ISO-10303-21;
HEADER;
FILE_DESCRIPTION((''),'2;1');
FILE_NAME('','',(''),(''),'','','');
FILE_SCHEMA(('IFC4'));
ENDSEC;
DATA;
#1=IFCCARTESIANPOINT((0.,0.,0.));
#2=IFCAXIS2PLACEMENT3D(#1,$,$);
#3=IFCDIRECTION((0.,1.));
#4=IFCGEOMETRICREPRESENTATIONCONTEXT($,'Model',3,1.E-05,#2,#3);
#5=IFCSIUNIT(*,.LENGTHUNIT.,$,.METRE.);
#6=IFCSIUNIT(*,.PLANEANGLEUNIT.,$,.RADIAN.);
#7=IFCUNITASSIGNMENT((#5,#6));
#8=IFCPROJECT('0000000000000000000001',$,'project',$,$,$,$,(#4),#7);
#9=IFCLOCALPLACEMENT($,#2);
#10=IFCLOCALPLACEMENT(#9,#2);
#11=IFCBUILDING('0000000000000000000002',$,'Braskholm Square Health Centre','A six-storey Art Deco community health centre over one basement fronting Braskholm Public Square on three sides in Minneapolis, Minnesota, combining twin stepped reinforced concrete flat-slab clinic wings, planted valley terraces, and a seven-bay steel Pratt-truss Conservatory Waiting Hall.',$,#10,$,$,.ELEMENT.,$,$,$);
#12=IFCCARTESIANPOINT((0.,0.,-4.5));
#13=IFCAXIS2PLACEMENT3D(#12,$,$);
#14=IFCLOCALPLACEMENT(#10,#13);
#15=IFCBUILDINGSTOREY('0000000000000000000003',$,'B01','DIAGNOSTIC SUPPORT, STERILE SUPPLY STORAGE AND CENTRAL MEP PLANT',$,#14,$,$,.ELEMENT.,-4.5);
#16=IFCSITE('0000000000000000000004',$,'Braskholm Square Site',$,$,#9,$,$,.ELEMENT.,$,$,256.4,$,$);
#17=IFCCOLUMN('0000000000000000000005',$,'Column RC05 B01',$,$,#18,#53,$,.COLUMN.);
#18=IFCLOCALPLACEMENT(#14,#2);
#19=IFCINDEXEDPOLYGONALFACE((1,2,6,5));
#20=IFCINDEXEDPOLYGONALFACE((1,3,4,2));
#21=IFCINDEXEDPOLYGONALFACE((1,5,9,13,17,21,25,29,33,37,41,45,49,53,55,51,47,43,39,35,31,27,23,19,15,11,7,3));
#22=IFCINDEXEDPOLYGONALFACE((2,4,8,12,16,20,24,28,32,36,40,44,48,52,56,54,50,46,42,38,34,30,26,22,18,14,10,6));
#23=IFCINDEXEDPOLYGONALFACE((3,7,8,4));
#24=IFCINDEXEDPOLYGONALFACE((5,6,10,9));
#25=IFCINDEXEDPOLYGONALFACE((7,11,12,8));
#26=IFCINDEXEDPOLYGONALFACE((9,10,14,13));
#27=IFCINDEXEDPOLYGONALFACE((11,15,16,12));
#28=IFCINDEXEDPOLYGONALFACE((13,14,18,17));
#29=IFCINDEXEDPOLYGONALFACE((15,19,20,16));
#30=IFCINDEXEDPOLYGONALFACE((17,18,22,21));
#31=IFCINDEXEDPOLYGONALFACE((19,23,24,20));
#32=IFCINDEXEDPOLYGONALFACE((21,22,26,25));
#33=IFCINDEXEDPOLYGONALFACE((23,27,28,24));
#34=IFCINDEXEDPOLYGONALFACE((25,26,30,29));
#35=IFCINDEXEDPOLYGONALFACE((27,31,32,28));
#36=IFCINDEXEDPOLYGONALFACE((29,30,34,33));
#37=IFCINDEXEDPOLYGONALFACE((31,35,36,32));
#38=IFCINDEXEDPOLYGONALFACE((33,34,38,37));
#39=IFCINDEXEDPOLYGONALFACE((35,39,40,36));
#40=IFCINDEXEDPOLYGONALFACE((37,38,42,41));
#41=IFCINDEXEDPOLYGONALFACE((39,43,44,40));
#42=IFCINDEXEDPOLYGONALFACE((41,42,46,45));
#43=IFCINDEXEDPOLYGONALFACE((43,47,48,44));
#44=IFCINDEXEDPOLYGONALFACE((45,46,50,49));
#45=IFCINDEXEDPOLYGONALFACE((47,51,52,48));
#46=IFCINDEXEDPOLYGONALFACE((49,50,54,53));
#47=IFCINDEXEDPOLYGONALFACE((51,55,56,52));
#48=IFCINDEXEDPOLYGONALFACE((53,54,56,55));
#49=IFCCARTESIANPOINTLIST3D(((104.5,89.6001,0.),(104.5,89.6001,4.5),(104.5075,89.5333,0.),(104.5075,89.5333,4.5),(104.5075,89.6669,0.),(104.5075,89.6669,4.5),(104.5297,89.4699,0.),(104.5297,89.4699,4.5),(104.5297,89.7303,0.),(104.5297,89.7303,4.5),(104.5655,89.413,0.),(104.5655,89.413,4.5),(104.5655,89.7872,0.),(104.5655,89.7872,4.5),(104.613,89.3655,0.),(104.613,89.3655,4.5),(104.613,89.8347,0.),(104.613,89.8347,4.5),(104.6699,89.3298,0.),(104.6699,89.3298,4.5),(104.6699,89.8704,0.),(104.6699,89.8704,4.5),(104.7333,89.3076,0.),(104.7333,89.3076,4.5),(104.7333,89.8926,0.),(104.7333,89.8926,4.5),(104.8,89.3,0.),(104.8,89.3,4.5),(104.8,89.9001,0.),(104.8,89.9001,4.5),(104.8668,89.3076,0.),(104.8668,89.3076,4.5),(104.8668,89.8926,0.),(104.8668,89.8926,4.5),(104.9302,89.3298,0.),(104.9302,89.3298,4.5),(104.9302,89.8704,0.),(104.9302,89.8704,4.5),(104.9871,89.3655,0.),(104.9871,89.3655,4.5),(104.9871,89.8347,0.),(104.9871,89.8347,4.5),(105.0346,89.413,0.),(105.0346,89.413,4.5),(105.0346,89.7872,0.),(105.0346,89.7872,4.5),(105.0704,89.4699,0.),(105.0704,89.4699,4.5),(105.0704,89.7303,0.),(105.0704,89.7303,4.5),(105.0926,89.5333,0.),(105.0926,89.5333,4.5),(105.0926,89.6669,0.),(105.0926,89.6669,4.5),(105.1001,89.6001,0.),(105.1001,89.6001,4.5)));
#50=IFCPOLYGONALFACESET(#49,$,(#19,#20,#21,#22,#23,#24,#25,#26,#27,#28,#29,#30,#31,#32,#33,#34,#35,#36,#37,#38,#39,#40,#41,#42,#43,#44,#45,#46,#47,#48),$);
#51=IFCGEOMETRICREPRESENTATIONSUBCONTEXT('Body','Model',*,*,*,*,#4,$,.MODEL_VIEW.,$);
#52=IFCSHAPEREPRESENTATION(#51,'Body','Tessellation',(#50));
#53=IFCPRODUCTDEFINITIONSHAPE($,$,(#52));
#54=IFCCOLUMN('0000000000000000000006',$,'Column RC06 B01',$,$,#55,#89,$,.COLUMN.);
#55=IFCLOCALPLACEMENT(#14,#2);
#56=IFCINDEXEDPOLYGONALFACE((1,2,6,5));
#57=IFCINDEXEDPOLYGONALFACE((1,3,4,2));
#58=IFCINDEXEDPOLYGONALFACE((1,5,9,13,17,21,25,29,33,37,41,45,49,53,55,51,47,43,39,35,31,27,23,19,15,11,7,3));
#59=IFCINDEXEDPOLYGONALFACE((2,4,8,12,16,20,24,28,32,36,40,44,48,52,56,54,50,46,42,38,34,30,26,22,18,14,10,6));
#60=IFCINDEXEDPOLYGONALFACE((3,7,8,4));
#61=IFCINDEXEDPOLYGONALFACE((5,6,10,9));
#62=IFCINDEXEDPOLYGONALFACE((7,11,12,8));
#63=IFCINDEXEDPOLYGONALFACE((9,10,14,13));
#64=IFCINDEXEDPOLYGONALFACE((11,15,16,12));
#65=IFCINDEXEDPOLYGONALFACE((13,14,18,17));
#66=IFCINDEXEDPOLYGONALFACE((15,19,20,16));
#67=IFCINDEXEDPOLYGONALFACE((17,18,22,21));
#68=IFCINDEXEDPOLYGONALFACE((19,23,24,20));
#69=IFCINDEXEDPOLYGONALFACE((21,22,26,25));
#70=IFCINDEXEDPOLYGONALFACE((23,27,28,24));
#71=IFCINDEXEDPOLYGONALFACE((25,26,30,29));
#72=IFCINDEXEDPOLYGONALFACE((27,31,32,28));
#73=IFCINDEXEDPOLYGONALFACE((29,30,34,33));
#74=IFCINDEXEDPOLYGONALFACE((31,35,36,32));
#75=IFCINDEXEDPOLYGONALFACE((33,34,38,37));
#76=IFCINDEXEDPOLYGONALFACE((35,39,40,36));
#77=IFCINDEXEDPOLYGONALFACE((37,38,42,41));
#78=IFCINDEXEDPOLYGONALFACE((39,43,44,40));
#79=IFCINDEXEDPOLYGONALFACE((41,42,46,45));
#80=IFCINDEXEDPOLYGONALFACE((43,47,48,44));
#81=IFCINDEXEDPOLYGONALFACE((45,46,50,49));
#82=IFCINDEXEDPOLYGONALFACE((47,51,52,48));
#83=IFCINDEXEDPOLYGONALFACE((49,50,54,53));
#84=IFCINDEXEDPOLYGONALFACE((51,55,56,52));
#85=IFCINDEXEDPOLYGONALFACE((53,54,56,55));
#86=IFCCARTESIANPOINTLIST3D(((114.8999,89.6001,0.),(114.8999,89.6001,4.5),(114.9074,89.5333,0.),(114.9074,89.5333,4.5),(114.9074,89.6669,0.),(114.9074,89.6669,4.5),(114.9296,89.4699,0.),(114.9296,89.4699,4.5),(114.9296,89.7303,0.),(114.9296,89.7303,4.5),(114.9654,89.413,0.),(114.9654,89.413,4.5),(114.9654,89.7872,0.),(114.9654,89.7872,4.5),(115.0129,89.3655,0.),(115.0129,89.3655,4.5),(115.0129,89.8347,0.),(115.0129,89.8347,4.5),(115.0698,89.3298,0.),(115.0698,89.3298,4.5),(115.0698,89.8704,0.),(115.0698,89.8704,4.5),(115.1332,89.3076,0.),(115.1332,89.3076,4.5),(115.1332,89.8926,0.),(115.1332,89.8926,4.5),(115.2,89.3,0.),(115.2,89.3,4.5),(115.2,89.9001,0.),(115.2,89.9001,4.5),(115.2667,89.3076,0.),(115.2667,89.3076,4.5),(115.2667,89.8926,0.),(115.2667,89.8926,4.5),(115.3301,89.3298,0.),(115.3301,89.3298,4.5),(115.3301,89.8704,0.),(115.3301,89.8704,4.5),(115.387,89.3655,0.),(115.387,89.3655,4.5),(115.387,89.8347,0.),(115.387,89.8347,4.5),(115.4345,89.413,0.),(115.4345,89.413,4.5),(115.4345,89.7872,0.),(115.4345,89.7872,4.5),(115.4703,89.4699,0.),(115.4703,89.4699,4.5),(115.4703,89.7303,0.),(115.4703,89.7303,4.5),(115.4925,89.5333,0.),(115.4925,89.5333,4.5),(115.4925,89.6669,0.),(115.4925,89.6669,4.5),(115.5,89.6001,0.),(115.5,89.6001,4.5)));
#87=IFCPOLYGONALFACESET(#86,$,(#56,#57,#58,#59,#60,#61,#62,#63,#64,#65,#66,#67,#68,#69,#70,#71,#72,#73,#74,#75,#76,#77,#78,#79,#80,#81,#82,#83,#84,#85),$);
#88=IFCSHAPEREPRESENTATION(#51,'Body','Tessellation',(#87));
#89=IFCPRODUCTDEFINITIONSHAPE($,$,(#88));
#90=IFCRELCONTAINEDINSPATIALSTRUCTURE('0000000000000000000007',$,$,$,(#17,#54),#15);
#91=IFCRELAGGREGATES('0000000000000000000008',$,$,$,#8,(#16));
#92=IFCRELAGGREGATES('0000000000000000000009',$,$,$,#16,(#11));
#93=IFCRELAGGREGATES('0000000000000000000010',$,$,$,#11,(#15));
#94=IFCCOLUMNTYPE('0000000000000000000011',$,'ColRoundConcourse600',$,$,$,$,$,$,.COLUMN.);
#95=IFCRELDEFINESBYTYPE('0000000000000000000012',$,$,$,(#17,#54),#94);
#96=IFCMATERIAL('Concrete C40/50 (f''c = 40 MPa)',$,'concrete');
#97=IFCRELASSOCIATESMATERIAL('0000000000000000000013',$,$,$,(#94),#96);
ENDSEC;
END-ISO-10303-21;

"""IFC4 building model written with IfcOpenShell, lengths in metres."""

from ifc_helpers import new_model, si_unit, direction, frame, origin, origin_2d, place, context, subcontext, project, spatial, circle, extrude, material, material_profile, profile_set, type_object, element, save


model = new_model("IFC4")

# Units and contexts
model_context = context("Model", 3, precision=1e-05, world=origin(), true_north=direction((0.0, 1.0)))
body_context = subcontext(model_context, "Body", "Model", "MODEL_VIEW")
ifc_project = project(units=[si_unit("LENGTHUNIT", "METRE"), si_unit("PLANEANGLEUNIT", "RADIAN")], contexts=[model_context])

# Site, building, storey
site_placement = place(None, origin())
site = spatial("IfcSite", under=ifc_project, at=site_placement, Name="Braskholm Square Site", CompositionType="ELEMENT", RefElevation=256.4)
building_placement = place(site_placement, origin())
building = spatial("IfcBuilding", under=site, at=building_placement, Name="Braskholm Square Health Centre", Description="A six-storey Art Deco community health centre over one basement fronting Braskholm Public Square on three sides in Minneapolis, Minnesota, combining twin stepped reinforced concrete flat-slab clinic wings, planted valley terraces, and a seven-bay steel Pratt-truss Conservatory Waiting Hall.", CompositionType="ELEMENT")
storey_placement = place(building_placement, frame((0.0, 0.0, -4.5)))
storey = spatial("IfcBuildingStorey", under=building, at=storey_placement, Name="B01", Description="DIAGNOSTIC SUPPORT, STERILE SUPPLY STORAGE AND CENTRAL MEP PLANT", CompositionType="ELEMENT", Elevation=-4.5)

# Shared definitions
ifc_material_1 = material(Name="Concrete C40/50 (f'c = 40 MPa)", Category="concrete")

# Columns
ifc_material_profile_1 = material_profile(ifc_material_1, circle(Radius=0.3, at=origin_2d()), Name="RC-RND-600")
ifc_profile_set_1 = profile_set([ifc_material_profile_1], Name="Concrete C40/50 (f'c = 40 MPa)")
column_type_1 = type_object("IfcColumnType", Name="ColRoundConcourse600", PredefinedType="COLUMN", material=ifc_profile_set_1)
for number, where, z_axis, x_axis, name in (
    (1, (104.8, 89.6001, 0.0), (0.0, 0.0, 1.0), (1.0, 0.0, 0.0), "Column RC05 B01"),
    (2, (115.2, 89.6001, 0.0), (0.0, 0.0, 1.0), (1.0, 0.0, 0.0), "Column RC06 B01"),
):
    element("IfcColumn", number, at=place(storey_placement, frame(where, z_axis=z_axis, x_axis=x_axis)), inside=storey, type_object=column_type_1, Name=name, PredefinedType="COLUMN", context=body_context, shape_type="SweptSolid", body=[
        extrude(circle(Radius=0.3, at=origin_2d()), origin(), (0.0, 0.0, 1.0), 4.5),
    ])

save(model, "model.ifc")
